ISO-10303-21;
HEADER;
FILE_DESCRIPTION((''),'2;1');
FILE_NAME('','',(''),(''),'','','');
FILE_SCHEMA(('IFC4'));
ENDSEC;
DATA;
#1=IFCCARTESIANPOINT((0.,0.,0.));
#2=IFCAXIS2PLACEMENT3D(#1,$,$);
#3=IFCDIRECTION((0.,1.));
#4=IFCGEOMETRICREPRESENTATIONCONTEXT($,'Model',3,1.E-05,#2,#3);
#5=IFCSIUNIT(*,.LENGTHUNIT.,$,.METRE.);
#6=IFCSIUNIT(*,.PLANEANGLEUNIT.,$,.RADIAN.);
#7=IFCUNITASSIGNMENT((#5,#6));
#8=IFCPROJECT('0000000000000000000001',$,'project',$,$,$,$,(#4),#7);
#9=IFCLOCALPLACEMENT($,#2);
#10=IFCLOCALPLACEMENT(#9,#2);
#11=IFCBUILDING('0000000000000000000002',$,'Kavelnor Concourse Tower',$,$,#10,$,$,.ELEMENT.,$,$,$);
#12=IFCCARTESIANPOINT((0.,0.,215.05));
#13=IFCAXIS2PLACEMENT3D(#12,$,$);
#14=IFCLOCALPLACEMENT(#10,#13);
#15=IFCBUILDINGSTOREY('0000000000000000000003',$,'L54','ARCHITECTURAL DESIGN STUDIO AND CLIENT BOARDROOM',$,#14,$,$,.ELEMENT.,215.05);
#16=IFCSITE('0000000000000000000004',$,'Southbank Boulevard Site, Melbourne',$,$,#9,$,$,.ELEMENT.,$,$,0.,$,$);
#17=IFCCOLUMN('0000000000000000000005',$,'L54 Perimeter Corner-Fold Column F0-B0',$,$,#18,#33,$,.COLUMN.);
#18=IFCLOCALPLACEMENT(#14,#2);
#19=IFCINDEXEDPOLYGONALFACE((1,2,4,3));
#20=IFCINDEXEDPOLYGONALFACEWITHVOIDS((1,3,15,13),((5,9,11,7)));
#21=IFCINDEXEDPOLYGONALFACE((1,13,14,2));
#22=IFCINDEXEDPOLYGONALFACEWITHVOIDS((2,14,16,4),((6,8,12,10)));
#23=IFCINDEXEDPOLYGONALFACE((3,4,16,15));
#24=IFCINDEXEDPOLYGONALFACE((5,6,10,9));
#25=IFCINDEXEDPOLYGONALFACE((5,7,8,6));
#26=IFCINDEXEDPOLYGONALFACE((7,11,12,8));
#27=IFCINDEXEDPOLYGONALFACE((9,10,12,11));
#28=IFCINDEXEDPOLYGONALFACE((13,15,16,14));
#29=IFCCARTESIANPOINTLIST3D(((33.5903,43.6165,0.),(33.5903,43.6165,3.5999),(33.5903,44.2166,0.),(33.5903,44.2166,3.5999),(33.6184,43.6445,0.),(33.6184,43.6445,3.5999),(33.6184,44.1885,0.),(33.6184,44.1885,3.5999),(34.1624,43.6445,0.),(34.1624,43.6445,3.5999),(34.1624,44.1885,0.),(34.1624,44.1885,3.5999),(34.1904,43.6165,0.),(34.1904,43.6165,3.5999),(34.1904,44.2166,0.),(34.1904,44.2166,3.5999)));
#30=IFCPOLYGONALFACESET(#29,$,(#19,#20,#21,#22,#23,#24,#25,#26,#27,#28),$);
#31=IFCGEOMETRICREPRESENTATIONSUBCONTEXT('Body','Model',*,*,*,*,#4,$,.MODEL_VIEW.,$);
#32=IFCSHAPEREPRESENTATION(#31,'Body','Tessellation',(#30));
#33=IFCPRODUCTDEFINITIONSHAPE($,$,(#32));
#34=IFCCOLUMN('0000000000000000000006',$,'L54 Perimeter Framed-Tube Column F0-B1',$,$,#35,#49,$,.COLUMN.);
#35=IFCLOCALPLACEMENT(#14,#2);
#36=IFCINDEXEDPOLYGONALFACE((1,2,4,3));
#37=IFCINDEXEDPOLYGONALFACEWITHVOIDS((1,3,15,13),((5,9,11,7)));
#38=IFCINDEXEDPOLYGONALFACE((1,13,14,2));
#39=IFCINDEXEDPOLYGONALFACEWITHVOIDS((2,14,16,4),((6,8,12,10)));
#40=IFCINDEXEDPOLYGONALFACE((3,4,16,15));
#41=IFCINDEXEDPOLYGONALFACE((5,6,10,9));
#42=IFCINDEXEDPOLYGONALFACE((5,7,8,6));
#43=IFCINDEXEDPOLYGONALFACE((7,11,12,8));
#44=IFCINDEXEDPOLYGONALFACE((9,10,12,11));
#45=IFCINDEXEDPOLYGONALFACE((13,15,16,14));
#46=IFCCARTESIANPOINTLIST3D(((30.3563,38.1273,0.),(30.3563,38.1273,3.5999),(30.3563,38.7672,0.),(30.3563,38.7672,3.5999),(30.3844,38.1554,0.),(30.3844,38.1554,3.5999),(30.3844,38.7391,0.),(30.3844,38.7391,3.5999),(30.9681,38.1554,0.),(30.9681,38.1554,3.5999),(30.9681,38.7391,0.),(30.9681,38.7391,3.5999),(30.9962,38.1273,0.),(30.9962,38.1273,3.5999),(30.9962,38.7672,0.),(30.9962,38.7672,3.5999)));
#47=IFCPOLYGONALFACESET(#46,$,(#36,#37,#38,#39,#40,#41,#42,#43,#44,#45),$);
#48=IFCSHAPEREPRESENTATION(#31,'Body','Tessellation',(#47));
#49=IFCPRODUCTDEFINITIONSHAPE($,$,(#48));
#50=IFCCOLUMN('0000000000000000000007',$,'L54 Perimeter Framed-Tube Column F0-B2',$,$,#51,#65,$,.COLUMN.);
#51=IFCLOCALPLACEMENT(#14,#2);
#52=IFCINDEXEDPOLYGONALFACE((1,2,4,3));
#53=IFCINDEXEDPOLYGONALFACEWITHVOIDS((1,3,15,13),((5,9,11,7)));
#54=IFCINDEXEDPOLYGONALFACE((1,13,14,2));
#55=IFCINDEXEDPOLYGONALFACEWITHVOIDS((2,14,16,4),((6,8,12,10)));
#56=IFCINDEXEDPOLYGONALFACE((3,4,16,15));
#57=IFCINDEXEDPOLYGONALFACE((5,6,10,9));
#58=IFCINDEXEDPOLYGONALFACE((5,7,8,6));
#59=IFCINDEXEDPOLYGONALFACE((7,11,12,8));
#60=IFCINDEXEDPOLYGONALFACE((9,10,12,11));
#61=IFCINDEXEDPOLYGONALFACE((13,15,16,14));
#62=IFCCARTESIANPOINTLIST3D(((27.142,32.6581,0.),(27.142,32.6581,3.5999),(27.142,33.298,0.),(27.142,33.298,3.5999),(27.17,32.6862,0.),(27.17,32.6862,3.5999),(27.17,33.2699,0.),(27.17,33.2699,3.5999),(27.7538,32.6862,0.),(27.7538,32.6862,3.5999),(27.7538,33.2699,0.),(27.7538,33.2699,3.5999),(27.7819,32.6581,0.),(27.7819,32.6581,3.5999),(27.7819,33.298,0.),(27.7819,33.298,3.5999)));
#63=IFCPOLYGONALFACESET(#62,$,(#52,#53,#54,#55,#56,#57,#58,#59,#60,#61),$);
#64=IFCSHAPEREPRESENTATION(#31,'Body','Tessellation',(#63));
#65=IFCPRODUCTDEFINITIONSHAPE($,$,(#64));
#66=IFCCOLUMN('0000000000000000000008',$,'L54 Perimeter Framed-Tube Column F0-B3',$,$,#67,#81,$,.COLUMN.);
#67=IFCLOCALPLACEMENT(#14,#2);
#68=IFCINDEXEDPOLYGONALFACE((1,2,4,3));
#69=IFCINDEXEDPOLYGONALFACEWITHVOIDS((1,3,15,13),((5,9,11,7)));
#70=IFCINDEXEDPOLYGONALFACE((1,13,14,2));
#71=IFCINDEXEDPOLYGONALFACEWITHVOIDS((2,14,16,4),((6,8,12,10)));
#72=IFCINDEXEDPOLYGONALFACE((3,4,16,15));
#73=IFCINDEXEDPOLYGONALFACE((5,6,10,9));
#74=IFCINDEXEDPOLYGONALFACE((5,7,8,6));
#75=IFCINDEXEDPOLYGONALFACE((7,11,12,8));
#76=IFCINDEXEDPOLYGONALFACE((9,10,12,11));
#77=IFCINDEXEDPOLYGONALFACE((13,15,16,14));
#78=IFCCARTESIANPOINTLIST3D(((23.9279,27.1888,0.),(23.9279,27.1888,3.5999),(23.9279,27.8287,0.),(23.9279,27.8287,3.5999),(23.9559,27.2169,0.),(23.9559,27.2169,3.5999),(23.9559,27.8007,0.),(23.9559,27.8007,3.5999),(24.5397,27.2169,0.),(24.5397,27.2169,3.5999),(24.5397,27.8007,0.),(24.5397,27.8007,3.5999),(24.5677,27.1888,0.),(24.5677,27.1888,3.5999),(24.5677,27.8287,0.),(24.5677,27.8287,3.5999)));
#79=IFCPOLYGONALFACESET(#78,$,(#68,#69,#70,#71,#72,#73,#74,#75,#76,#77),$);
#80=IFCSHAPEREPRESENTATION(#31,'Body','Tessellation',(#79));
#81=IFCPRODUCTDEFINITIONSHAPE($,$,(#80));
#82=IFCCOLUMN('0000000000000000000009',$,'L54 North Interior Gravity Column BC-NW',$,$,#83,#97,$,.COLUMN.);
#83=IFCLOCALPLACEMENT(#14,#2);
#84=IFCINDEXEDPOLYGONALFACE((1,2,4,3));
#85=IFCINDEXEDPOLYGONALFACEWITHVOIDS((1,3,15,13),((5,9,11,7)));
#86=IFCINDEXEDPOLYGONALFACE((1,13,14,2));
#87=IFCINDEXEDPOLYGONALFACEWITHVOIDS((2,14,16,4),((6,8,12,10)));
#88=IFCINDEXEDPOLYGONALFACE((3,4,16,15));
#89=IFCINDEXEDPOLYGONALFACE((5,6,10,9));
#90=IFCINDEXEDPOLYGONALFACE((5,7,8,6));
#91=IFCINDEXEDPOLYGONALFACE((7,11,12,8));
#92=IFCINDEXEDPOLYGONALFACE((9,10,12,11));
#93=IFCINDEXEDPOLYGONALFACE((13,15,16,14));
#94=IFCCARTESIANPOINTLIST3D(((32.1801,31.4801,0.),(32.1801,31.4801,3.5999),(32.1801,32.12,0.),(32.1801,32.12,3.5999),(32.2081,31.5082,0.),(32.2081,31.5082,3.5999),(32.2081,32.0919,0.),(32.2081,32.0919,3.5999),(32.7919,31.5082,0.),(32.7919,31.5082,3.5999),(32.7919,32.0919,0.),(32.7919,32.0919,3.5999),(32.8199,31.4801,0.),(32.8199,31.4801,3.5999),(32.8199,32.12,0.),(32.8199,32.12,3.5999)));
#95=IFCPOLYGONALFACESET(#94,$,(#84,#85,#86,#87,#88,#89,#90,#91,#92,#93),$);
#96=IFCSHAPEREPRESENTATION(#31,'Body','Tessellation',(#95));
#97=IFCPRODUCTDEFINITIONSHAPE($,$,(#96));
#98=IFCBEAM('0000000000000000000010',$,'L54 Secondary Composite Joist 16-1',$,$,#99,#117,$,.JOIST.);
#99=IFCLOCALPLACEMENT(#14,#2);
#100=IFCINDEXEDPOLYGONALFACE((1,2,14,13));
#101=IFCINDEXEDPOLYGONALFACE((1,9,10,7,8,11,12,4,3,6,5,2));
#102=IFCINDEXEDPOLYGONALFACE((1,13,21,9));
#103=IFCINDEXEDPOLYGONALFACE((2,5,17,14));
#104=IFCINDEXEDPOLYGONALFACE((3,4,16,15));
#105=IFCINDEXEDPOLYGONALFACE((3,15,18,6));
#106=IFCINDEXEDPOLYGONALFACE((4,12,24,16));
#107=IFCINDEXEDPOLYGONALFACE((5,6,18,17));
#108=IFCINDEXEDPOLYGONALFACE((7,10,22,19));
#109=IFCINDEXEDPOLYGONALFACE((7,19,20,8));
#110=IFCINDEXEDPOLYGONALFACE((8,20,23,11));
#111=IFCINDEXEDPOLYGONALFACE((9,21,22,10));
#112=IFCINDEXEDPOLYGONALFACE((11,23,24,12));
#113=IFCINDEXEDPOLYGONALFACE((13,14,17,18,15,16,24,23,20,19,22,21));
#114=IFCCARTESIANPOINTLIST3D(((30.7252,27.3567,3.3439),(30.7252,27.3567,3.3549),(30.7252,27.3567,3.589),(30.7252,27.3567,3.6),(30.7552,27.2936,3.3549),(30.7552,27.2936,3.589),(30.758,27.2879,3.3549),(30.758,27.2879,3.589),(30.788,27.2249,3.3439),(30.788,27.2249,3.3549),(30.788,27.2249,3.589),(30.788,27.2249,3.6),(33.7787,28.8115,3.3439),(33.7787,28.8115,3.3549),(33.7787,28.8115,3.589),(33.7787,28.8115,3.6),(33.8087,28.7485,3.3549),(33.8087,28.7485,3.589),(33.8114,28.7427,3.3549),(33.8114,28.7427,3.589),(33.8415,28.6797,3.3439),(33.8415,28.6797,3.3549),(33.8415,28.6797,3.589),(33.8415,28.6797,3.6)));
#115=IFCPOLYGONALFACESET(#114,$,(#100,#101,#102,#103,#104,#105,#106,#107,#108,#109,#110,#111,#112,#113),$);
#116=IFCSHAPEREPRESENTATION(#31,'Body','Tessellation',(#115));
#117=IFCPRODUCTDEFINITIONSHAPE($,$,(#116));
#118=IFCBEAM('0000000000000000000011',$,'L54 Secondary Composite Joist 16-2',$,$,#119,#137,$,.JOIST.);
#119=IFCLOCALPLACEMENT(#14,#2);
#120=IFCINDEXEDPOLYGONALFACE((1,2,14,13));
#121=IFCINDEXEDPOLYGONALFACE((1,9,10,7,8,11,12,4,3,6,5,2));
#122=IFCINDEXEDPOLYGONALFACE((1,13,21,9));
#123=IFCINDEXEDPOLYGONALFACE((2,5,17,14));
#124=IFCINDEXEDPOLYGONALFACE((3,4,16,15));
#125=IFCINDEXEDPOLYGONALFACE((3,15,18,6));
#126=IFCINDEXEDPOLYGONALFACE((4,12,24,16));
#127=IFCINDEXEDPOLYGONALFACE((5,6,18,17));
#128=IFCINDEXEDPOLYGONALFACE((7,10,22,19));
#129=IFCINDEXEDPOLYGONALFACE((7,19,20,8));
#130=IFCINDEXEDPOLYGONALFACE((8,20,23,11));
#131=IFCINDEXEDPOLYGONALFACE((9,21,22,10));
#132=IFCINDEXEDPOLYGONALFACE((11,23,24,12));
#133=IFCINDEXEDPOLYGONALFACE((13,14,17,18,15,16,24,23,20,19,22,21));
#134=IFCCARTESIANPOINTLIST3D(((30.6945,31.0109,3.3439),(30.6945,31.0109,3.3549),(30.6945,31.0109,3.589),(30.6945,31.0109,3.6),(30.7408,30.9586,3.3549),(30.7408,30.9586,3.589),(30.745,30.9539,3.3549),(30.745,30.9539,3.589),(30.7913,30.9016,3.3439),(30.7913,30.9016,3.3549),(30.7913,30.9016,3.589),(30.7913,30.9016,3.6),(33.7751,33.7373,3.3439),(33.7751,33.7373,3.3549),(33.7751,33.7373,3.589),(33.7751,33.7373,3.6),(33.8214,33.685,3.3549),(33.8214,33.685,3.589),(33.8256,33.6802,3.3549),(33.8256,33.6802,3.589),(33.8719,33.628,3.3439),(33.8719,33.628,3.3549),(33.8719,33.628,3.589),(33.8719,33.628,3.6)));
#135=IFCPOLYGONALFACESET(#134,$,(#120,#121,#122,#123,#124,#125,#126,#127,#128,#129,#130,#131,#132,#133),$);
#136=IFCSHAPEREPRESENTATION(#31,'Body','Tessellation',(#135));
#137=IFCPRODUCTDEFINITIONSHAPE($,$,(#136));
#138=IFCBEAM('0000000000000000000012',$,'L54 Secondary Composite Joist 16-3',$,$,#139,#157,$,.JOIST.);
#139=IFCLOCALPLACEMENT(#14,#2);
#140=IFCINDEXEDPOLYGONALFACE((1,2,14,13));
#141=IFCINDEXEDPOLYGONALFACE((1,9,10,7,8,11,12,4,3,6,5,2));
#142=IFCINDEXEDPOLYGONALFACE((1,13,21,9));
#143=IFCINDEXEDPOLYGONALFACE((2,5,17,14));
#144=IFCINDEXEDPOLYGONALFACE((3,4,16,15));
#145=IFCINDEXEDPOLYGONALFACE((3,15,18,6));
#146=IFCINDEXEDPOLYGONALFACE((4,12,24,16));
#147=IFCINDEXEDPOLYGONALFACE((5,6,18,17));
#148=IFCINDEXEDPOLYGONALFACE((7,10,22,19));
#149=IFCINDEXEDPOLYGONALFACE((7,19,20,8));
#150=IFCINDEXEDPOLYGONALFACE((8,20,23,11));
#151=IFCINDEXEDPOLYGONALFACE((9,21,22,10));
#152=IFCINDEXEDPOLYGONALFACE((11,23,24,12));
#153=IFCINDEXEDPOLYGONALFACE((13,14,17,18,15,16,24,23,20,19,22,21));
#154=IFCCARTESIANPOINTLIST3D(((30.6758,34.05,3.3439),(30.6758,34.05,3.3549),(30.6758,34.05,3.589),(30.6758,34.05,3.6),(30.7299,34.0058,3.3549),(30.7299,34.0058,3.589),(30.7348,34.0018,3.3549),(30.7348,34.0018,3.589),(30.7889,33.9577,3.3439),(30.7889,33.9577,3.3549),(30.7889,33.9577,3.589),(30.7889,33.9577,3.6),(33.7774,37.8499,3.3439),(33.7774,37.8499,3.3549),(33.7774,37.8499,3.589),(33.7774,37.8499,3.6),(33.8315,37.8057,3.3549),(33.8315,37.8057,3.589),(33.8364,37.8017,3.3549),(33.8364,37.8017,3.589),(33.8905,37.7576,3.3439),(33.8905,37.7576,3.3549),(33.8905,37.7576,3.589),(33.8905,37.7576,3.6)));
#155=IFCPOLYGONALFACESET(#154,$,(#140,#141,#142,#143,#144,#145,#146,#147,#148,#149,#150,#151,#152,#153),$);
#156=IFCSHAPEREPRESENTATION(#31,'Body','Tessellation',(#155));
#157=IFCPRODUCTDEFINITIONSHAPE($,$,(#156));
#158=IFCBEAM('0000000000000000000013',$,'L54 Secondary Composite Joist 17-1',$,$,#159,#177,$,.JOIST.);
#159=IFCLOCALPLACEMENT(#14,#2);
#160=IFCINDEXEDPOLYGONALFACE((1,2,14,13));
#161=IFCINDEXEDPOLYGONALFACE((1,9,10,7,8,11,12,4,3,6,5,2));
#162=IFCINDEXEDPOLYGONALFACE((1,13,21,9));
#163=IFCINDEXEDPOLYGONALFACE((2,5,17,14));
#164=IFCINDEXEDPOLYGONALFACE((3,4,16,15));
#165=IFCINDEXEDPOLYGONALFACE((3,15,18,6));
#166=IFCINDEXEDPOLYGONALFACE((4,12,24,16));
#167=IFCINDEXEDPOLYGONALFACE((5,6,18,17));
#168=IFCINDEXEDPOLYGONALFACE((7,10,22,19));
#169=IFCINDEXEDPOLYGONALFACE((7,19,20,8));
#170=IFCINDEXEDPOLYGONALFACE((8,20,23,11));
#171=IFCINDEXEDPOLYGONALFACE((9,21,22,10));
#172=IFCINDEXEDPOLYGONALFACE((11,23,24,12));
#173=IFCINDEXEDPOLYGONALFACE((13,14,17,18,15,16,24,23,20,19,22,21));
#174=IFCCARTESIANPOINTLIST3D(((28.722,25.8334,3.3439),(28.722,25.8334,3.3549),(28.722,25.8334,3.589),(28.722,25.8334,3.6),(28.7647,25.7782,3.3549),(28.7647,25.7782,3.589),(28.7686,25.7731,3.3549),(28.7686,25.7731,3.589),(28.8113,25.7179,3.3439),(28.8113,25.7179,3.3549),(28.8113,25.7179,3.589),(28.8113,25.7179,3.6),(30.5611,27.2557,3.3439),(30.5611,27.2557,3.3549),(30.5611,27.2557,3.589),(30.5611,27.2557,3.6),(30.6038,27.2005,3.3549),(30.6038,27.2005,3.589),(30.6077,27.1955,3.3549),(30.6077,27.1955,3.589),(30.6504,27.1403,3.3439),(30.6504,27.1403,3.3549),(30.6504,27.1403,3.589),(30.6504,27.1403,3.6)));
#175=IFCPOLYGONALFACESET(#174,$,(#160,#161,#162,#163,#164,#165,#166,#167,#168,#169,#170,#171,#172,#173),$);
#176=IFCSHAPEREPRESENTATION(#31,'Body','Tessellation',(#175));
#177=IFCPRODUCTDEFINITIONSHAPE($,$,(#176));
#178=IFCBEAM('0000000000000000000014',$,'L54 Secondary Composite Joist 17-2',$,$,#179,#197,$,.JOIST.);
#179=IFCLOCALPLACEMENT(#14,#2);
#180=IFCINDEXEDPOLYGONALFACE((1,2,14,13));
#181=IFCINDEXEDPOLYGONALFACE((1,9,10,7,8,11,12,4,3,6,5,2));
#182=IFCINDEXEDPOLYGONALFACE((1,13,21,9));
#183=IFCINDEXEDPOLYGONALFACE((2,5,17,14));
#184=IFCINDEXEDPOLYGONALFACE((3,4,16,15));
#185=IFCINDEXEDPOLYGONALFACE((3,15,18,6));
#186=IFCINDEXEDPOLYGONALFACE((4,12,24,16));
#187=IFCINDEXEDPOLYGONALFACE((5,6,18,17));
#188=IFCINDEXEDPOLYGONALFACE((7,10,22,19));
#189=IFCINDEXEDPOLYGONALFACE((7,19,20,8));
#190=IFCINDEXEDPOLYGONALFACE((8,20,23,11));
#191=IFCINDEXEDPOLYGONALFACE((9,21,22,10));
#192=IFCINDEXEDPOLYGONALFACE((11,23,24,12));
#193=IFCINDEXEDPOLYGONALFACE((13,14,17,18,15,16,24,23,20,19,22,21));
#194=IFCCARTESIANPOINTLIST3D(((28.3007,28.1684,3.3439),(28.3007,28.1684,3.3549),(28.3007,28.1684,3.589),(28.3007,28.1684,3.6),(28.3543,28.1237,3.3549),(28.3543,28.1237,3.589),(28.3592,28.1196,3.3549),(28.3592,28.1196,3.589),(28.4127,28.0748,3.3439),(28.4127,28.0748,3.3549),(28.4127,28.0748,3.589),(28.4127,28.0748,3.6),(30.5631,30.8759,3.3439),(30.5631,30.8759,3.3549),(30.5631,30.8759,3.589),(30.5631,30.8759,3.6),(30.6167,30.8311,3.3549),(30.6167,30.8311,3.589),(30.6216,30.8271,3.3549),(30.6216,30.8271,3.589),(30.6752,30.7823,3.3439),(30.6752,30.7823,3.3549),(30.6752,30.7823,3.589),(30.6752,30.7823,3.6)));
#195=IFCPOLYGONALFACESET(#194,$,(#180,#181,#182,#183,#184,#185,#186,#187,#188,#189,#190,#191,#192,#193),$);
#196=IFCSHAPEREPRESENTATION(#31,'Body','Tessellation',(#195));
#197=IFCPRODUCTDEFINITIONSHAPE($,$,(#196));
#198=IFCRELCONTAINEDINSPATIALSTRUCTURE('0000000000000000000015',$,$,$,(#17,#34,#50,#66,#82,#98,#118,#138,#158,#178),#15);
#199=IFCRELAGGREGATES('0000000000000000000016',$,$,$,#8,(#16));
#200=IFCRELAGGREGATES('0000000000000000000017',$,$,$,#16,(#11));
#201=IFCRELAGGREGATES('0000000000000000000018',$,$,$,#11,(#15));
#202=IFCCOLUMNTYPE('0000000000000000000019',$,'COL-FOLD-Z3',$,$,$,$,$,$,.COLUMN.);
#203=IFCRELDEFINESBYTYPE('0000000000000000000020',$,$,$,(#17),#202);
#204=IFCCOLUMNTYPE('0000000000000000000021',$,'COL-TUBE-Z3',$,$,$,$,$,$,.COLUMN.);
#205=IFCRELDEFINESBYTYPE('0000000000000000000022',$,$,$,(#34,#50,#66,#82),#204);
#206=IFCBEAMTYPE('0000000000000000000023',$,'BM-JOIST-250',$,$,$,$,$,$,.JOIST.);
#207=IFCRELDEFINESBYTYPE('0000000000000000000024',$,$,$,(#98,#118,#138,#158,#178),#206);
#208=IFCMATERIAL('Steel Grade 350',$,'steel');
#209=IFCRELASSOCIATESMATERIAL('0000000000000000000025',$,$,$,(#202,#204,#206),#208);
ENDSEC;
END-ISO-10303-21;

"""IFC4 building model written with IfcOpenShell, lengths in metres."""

from ifc_helpers import new_model, si_unit, direction, frame, origin, origin_2d, place, context, subcontext, project, spatial, hollow_rectangle, i_section, extrude, material, material_profile, profile_set, type_object, element, save


model = new_model("IFC4")

# Units and contexts
model_context = context("Model", 3, precision=1e-05, world=origin(), true_north=direction((0.0, 1.0)))
body_context = subcontext(model_context, "Body", "Model", "MODEL_VIEW")
ifc_project = project(units=[si_unit("LENGTHUNIT", "METRE"), si_unit("PLANEANGLEUNIT", "RADIAN")], contexts=[model_context])

# Site, building, storey
site_placement = place(None, origin())
site = spatial("IfcSite", under=ifc_project, at=site_placement, Name="Southbank Boulevard Site, Melbourne", CompositionType="ELEMENT", RefElevation=0.0)
building_placement = place(site_placement, origin())
building = spatial("IfcBuilding", under=site, at=building_placement, Name="Kavelnor Concourse Tower", CompositionType="ELEMENT")
storey_placement = place(building_placement, frame((0.0, 0.0, 215.05)))
storey = spatial("IfcBuildingStorey", under=building, at=storey_placement, Name="L54", Description="ARCHITECTURAL DESIGN STUDIO AND CLIENT BOARDROOM", CompositionType="ELEMENT", Elevation=215.05)

# Columns
ifc_material_1 = material(Name="Steel Grade 350", Category="steel")
ifc_material_profile_1 = material_profile(ifc_material_1, hollow_rectangle(XDim=0.6001, YDim=0.6001, WallThickness=0.0281, at=origin_2d()), Name="SHS 600x600x28")
ifc_profile_set_1 = profile_set([ifc_material_profile_1], Name="Steel Grade 350")
column_type_1 = type_object("IfcColumnType", Name="COL-FOLD-Z3", PredefinedType="COLUMN", material=ifc_profile_set_1)
column_placement = place(storey_placement, frame((33.8904, 43.9165, 0.0), z_axis=(0.0, 0.0, 1.0), x_axis=(1.0, 0.0, 0.0)))
element("IfcColumn", 1, at=column_placement, inside=storey, type_object=column_type_1, Name="L54 Perimeter Corner-Fold Column F0-B0", PredefinedType="COLUMN", context=body_context, shape_type="SweptSolid", body=[
    extrude(hollow_rectangle(XDim=0.6001, YDim=0.6001, WallThickness=0.0281, at=origin_2d()), origin(), (0.0, 0.0, 1.0), 3.5999),
])
ifc_material_profile_2 = material_profile(ifc_material_1, hollow_rectangle(XDim=0.6399, YDim=0.6399, WallThickness=0.0281, at=origin_2d()), Name="SHS 640x640x28")
ifc_profile_set_2 = profile_set([ifc_material_profile_2], Name="Steel Grade 350")
column_type_2 = type_object("IfcColumnType", Name="COL-TUBE-Z3", PredefinedType="COLUMN", material=ifc_profile_set_2)
for number, where, z_axis, x_axis, name in (
    (2, (30.6763, 38.4473, 0.0), (0.0, 0.0, 1.0), (1.0, 0.0, 0.0), "L54 Perimeter Framed-Tube Column F0-B1"),
    (3, (27.4619, 32.978, 0.0), (0.0, 0.0, 1.0), (1.0, 0.0, 0.0), "L54 Perimeter Framed-Tube Column F0-B2"),
    (4, (24.2478, 27.5088, 0.0), (0.0, 0.0, 1.0), (1.0, 0.0, 0.0), "L54 Perimeter Framed-Tube Column F0-B3"),
    (5, (32.5, 31.8, 0.0), (0.0, 0.0, 1.0), (1.0, 0.0, 0.0), "L54 North Interior Gravity Column BC-NW"),
):
    element("IfcColumn", number, at=place(storey_placement, frame(where, z_axis=z_axis, x_axis=x_axis)), inside=storey, type_object=column_type_2, Name=name, PredefinedType="COLUMN", context=body_context, shape_type="SweptSolid", body=[
        extrude(hollow_rectangle(XDim=0.6399, YDim=0.6399, WallThickness=0.0281, at=origin_2d()), origin(), (0.0, 0.0, 1.0), 3.5999),
    ])

# Beams
ifc_material_profile_3 = material_profile(ifc_material_1, i_section(OverallWidth=0.146, OverallDepth=0.2561, WebThickness=0.0063, FlangeThickness=0.011, at=origin_2d()), Name="250UB37")
ifc_profile_set_3 = profile_set([ifc_material_profile_3], Name="Steel Grade 350")
beam_type_1 = type_object("IfcBeamType", Name="BM-JOIST-250", PredefinedType="JOIST", material=ifc_profile_set_3)
beam_1_placement = place(storey_placement, frame((33.8101, 28.7456, 3.4719), z_axis=(-0.902768, -0.430127, 0.0), x_axis=(0.430127, -0.902768, 0.0)))
element("IfcBeam", 6, at=beam_1_placement, inside=storey, type_object=beam_type_1, Name="L54 Secondary Composite Joist 16-1", PredefinedType="JOIST", context=body_context, shape_type="SweptSolid", body=[
    extrude(i_section(OverallWidth=0.146, OverallDepth=0.2561, WebThickness=0.0063, FlangeThickness=0.011, at=origin_2d()), origin(), (0.0, 0.0, 1.0), 3.3823),
])
beam_2_placement = place(storey_placement, frame((33.8235, 33.6826, 3.4719), z_axis=(-0.748852, -0.662738, 0.0), x_axis=(0.662738, -0.748852, 0.0)))
element("IfcBeam", 7, at=beam_2_placement, inside=storey, type_object=beam_type_1, Name="L54 Secondary Composite Joist 16-2", PredefinedType="JOIST", context=body_context, shape_type="SweptSolid", body=[
    extrude(i_section(OverallWidth=0.146, OverallDepth=0.2561, WebThickness=0.0063, FlangeThickness=0.011, at=origin_2d()), origin(), (0.0, 0.0, 1.0), 4.1138),
])
beam_3_placement = place(storey_placement, frame((33.834, 37.8037, 3.4719), z_axis=(-0.632337, -0.774693, 0.0), x_axis=(0.774693, -0.632337, 0.0)))
element("IfcBeam", 8, at=beam_3_placement, inside=storey, type_object=beam_type_1, Name="L54 Secondary Composite Joist 16-3", PredefinedType="JOIST", context=body_context, shape_type="SweptSolid", body=[
    extrude(i_section(OverallWidth=0.146, OverallDepth=0.2561, WebThickness=0.0063, FlangeThickness=0.011, at=origin_2d()), origin(), (0.0, 0.0, 1.0), 4.905),
])
beam_4_placement = place(storey_placement, frame((30.6057, 27.198, 3.4719), z_axis=(-0.791029, -0.611779, 0.0), x_axis=(0.611779, -0.791029, 0.0)))
element("IfcBeam", 9, at=beam_4_placement, inside=storey, type_object=beam_type_1, Name="L54 Secondary Composite Joist 17-1", PredefinedType="JOIST", context=body_context, shape_type="SweptSolid", body=[
    extrude(i_section(OverallWidth=0.146, OverallDepth=0.2561, WebThickness=0.0063, FlangeThickness=0.011, at=origin_2d()), origin(), (0.0, 0.0, 1.0), 2.325),
])
beam_5_placement = place(storey_placement, frame((30.6191, 30.8291, 3.4719), z_axis=(-0.641218, -0.767358, 0.0), x_axis=(0.767358, -0.641218, 0.0)))
element("IfcBeam", 10, at=beam_5_placement, inside=storey, type_object=beam_type_1, Name="L54 Secondary Composite Joist 17-2", PredefinedType="JOIST", context=body_context, shape_type="SweptSolid", body=[
    extrude(i_section(OverallWidth=0.146, OverallDepth=0.2561, WebThickness=0.0063, FlangeThickness=0.011, at=origin_2d()), origin(), (0.0, 0.0, 1.0), 3.5283),
])

save(model, "model.ifc")
